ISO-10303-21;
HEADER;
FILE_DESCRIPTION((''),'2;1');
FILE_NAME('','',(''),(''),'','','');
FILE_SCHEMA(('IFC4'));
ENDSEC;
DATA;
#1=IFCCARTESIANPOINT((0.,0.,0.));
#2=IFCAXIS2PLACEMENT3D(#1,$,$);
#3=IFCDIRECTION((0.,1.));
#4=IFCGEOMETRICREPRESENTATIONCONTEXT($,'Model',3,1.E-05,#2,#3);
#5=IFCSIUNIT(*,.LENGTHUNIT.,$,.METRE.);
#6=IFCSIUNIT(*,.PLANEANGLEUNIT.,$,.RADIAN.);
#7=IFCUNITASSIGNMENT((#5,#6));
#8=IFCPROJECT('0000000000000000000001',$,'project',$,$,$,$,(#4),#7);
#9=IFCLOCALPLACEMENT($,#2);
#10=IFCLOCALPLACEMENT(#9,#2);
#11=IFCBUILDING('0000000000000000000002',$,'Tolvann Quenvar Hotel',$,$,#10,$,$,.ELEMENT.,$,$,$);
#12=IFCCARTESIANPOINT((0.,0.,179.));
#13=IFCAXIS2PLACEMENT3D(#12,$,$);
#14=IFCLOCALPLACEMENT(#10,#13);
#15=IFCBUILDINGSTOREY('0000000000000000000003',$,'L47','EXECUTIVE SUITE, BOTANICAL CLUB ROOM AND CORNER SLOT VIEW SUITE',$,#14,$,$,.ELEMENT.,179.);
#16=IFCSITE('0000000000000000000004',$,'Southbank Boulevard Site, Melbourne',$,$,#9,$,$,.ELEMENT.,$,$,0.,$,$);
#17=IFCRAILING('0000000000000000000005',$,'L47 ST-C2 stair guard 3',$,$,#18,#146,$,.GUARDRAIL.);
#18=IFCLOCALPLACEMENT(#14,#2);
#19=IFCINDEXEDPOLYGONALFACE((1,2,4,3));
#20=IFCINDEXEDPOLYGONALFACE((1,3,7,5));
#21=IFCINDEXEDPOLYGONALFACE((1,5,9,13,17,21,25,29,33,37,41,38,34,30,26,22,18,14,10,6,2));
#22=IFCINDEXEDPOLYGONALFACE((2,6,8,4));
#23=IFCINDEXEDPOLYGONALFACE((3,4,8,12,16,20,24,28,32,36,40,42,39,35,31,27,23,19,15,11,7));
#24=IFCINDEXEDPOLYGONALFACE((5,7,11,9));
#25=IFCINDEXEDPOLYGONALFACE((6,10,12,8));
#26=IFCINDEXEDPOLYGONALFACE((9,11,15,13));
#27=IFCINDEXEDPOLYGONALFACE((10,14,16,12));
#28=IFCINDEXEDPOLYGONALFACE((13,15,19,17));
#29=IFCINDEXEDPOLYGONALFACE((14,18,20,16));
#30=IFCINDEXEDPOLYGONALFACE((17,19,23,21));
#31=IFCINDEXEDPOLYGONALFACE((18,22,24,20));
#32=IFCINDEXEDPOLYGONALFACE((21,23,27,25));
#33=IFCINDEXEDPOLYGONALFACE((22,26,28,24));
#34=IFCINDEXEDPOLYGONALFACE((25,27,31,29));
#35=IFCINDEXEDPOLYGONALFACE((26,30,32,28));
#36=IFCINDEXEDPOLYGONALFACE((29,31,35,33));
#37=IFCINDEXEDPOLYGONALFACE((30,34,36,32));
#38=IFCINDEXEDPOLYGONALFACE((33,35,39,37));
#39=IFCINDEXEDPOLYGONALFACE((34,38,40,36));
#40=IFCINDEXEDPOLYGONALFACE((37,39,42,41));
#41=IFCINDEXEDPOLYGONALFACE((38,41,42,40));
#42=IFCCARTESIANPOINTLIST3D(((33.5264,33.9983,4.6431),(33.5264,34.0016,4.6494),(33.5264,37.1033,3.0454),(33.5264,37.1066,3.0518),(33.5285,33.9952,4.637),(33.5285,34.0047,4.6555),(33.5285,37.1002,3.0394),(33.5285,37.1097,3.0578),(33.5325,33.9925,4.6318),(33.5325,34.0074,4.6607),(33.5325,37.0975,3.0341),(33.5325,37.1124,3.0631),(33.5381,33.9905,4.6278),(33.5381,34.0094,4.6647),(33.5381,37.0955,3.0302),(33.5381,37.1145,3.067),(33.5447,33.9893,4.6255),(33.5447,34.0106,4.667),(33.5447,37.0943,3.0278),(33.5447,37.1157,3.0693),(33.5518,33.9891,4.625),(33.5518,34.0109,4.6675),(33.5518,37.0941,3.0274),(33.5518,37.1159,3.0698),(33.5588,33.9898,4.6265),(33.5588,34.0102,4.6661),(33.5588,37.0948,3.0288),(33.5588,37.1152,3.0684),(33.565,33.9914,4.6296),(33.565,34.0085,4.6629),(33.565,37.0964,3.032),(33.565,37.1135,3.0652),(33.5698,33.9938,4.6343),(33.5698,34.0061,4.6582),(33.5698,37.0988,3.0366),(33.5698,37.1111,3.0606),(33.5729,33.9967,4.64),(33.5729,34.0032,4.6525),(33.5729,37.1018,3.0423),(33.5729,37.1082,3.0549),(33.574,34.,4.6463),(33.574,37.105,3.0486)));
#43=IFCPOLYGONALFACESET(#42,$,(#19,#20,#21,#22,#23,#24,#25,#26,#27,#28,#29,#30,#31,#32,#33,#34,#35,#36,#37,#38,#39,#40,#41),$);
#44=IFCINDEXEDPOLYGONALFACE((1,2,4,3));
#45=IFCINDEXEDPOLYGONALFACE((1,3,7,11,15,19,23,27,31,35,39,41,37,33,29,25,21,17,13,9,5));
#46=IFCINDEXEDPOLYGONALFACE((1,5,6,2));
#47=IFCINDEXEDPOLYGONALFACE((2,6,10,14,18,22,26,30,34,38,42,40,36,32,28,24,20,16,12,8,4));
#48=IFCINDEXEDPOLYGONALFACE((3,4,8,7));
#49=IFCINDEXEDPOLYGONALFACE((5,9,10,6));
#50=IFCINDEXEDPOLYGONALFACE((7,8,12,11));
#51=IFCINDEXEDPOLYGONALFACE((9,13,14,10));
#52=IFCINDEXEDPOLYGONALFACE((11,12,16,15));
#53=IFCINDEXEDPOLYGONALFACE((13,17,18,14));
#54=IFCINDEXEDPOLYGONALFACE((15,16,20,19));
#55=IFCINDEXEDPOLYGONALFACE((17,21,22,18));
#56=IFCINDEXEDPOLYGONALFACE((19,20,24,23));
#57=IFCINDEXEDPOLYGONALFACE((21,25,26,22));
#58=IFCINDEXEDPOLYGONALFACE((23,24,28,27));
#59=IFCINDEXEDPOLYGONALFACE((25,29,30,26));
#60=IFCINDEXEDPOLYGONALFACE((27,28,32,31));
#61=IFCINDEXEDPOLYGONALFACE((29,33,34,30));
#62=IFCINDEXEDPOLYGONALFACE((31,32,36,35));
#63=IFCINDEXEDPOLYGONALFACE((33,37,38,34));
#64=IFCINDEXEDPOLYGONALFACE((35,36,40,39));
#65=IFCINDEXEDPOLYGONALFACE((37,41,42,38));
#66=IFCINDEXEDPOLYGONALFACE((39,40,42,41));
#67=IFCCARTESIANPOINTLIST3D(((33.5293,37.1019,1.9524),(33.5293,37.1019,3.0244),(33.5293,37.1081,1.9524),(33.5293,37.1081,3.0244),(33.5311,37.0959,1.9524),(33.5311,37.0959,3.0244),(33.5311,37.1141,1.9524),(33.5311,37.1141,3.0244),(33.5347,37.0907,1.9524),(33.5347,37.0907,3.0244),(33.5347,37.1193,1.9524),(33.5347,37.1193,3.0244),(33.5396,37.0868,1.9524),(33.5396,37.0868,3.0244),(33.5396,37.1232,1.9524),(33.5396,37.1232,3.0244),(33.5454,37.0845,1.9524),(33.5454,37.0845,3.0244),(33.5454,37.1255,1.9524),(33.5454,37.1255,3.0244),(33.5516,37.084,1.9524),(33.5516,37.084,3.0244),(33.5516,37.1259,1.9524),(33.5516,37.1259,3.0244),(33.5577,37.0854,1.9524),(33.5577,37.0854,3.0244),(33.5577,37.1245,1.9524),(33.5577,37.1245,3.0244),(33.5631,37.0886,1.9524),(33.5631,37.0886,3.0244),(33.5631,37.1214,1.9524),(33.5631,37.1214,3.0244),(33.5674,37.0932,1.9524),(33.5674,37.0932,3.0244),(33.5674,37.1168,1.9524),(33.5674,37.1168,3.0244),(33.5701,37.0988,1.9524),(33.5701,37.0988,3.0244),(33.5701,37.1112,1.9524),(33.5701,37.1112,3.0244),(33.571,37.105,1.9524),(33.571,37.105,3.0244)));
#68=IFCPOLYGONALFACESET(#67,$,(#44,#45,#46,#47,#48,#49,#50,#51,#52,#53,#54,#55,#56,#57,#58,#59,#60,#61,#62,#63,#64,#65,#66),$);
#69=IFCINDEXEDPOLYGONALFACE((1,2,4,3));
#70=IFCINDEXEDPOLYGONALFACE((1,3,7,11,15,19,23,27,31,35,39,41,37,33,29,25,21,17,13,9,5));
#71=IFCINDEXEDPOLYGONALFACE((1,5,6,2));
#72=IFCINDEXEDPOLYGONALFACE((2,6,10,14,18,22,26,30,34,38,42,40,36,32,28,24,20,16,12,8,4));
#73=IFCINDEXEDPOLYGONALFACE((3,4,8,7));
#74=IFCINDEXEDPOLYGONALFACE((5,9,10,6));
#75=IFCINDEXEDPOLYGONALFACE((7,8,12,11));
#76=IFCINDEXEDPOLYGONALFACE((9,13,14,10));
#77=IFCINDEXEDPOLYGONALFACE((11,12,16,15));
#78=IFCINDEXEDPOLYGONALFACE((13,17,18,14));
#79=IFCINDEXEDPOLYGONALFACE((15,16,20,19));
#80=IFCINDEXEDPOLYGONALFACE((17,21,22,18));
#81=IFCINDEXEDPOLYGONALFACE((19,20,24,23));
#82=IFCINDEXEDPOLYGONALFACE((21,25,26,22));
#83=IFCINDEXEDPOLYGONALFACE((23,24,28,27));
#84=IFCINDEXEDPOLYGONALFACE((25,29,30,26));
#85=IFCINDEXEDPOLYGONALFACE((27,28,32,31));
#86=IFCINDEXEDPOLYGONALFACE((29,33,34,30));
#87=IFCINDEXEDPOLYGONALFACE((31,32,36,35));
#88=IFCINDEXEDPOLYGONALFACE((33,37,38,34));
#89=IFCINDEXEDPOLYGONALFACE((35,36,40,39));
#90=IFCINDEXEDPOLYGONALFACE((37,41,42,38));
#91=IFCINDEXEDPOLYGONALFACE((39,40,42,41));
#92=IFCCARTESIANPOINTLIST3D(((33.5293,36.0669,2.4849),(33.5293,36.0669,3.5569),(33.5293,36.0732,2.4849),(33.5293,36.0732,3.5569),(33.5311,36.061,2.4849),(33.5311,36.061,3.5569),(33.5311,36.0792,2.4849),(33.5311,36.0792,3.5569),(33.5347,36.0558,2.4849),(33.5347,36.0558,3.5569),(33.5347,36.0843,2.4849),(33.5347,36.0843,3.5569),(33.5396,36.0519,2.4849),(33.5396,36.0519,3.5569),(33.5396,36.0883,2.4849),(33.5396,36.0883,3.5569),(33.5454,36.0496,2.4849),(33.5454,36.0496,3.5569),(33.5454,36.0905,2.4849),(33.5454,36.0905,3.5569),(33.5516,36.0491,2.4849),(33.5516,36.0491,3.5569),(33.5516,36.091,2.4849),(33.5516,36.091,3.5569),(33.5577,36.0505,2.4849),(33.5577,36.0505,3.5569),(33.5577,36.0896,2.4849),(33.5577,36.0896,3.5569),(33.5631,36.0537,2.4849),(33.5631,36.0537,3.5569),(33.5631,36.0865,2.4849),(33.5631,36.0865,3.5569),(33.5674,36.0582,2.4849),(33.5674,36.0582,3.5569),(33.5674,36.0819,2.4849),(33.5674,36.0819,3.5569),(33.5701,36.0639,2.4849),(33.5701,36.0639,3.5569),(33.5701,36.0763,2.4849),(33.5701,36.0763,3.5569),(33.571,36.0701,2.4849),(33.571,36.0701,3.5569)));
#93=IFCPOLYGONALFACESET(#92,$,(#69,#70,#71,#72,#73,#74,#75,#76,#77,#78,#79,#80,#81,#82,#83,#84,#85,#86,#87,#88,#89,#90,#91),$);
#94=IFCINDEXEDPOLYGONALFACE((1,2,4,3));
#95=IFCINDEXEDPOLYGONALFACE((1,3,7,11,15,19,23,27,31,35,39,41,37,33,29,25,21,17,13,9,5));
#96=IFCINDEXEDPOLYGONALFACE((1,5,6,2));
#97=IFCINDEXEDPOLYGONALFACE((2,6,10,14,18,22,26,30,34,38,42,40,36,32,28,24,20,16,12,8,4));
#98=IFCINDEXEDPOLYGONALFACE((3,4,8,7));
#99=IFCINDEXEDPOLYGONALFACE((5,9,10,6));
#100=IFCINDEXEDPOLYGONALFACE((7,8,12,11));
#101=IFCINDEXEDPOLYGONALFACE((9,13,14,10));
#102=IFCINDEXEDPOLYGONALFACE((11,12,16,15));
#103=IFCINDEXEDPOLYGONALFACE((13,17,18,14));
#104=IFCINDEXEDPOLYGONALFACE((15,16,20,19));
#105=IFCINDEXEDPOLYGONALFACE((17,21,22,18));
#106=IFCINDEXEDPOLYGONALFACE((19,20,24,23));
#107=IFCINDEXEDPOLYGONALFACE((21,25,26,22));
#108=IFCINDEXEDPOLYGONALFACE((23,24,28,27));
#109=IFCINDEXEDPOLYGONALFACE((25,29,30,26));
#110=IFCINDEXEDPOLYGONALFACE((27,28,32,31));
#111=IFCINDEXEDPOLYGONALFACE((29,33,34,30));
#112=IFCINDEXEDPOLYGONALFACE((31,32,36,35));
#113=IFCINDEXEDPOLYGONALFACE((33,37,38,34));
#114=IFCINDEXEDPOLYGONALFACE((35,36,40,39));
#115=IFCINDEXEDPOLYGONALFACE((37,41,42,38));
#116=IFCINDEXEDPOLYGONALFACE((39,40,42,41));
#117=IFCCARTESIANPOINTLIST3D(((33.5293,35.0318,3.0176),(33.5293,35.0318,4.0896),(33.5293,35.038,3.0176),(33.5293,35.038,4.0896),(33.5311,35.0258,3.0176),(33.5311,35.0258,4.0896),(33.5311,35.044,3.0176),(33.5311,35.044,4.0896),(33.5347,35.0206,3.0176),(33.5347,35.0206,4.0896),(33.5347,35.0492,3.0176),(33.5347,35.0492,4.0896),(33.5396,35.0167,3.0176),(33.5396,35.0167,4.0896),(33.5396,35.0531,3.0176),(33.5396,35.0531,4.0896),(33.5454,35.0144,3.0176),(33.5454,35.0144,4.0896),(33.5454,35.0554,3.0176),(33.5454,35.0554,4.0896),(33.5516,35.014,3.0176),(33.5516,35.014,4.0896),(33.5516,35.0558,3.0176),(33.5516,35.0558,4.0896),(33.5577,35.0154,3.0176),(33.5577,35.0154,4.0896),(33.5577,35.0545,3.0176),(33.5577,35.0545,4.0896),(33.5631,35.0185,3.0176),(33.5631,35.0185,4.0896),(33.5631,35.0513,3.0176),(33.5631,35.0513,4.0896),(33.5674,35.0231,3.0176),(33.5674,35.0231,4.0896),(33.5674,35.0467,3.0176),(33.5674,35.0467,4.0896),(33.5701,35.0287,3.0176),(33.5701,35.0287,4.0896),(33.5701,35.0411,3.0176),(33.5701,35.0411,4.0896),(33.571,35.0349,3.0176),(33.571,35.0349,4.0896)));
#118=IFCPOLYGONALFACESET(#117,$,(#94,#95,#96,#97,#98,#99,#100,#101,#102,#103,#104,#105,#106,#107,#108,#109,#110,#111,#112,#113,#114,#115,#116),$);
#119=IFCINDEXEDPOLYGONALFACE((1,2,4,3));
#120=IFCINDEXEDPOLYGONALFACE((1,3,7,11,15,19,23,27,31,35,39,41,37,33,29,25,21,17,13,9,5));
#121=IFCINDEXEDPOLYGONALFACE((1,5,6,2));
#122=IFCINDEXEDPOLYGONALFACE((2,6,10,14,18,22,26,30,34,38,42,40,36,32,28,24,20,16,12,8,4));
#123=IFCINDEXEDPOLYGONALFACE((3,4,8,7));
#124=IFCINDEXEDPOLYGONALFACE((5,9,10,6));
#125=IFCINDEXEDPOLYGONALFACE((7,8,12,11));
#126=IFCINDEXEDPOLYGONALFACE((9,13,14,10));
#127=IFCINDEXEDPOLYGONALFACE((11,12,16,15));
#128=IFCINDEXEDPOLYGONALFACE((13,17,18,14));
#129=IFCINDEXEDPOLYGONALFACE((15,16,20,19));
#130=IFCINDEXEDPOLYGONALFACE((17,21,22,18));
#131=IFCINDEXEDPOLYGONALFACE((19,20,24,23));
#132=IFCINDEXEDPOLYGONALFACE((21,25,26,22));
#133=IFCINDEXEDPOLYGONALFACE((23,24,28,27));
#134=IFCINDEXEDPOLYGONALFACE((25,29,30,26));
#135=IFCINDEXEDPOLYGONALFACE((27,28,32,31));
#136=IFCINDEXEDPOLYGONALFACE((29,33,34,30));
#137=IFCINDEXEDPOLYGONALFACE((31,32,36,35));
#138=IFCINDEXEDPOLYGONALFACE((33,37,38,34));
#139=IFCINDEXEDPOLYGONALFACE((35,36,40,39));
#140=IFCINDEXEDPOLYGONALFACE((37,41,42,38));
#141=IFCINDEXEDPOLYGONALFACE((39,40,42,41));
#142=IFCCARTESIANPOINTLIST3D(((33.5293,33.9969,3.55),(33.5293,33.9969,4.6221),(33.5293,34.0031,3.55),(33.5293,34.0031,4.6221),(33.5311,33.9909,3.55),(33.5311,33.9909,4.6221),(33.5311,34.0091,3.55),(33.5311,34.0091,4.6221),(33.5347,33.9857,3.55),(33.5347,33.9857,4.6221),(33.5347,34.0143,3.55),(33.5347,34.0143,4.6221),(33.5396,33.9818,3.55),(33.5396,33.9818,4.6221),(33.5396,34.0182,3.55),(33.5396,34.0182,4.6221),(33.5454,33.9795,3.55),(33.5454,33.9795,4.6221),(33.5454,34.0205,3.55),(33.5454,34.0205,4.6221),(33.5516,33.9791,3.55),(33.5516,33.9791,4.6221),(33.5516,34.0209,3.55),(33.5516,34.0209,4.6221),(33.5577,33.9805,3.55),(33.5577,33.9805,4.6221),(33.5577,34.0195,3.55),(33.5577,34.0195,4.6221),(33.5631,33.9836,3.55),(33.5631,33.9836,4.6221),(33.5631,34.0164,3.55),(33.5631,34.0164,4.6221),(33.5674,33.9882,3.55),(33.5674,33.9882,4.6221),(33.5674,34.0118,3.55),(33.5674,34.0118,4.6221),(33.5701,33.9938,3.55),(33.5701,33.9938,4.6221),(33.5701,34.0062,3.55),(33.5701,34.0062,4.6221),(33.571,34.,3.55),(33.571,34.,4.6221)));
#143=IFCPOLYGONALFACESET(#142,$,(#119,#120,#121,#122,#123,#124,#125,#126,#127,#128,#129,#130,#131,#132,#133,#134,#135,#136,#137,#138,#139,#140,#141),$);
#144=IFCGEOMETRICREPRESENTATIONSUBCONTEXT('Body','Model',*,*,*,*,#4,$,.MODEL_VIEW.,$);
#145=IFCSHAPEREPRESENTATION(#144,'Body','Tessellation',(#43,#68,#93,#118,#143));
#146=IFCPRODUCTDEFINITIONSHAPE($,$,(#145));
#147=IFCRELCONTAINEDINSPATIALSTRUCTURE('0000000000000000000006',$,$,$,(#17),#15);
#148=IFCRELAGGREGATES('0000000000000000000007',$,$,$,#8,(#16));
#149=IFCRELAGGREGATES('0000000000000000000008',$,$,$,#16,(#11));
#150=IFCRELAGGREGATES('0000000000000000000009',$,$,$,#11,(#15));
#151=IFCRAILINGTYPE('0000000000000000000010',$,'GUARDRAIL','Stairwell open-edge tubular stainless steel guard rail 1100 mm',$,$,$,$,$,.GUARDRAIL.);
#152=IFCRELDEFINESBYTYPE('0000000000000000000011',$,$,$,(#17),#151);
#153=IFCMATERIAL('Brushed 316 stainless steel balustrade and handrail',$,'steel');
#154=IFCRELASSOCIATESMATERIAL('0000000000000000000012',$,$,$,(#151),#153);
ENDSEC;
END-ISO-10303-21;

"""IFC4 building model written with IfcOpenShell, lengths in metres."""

from ifc_helpers import new_model, si_unit, direction, frame, origin, origin_2d, place, context, subcontext, project, spatial, circle, extrude, material, type_object, element, save


model = new_model("IFC4")

# Units and contexts
model_context = context("Model", 3, precision=1e-05, world=origin(), true_north=direction((0.0, 1.0)))
body_context = subcontext(model_context, "Body", "Model", "MODEL_VIEW")
ifc_project = project(units=[si_unit("LENGTHUNIT", "METRE"), si_unit("PLANEANGLEUNIT", "RADIAN")], contexts=[model_context])

# Site, building, storey
site_placement = place(None, origin())
site = spatial("IfcSite", under=ifc_project, at=site_placement, Name="Southbank Boulevard Site, Melbourne", CompositionType="ELEMENT", RefElevation=0.0)
building_placement = place(site_placement, origin())
building = spatial("IfcBuilding", under=site, at=building_placement, Name="Tolvann Quenvar Hotel", CompositionType="ELEMENT")
storey_placement = place(building_placement, frame((0.0, 0.0, 179.0)))
storey = spatial("IfcBuildingStorey", under=building, at=storey_placement, Name="L47", Description="EXECUTIVE SUITE, BOTANICAL CLUB ROOM AND CORNER SLOT VIEW SUITE", CompositionType="ELEMENT", Elevation=179.0)

# Railing
ifc_material_1 = material(Name="Brushed 316 stainless steel balustrade and handrail", Category="steel")
railing_type_1 = type_object("IfcRailingType", Name="GUARDRAIL", Description="Stairwell open-edge tubular stainless steel guard rail 1100 mm", PredefinedType="GUARDRAIL", material=ifc_material_1)
railing_1_placement = place(storey_placement, frame((33.55, 37.105, 1.9524)))
element("IfcRailing", 1, at=railing_1_placement, inside=storey, type_object=railing_type_1, Name="L47 ST-C2 stair guard 3", PredefinedType="GUARDRAIL", context=body_context, shape_type="SweptSolid", body=[
    extrude(circle(Radius=0.0239, at=origin_2d()), frame((0.0, 0.0, 1.0962), z_axis=(0.0, -0.889194, 0.457531), x_axis=(1.0, 0.0, 0.0)), (0.0, 0.0, 1.0), 3.4919),
    extrude(circle(Radius=0.021, at=origin_2d()), origin(), (0.0, 0.0, 1.0), 1.072),
    extrude(circle(Radius=0.021, at=origin_2d()), frame((0.0, -1.0349, 0.5325)), (0.0, 0.0, 1.0), 1.072),
    extrude(circle(Radius=0.021, at=origin_2d()), frame((0.0, -2.0701, 1.0652)), (0.0, 0.0, 1.0), 1.072),
    extrude(circle(Radius=0.021, at=origin_2d()), frame((0.0, -3.105, 1.5977)), (0.0, 0.0, 1.0), 1.072),
])

save(model, "model.ifc")
